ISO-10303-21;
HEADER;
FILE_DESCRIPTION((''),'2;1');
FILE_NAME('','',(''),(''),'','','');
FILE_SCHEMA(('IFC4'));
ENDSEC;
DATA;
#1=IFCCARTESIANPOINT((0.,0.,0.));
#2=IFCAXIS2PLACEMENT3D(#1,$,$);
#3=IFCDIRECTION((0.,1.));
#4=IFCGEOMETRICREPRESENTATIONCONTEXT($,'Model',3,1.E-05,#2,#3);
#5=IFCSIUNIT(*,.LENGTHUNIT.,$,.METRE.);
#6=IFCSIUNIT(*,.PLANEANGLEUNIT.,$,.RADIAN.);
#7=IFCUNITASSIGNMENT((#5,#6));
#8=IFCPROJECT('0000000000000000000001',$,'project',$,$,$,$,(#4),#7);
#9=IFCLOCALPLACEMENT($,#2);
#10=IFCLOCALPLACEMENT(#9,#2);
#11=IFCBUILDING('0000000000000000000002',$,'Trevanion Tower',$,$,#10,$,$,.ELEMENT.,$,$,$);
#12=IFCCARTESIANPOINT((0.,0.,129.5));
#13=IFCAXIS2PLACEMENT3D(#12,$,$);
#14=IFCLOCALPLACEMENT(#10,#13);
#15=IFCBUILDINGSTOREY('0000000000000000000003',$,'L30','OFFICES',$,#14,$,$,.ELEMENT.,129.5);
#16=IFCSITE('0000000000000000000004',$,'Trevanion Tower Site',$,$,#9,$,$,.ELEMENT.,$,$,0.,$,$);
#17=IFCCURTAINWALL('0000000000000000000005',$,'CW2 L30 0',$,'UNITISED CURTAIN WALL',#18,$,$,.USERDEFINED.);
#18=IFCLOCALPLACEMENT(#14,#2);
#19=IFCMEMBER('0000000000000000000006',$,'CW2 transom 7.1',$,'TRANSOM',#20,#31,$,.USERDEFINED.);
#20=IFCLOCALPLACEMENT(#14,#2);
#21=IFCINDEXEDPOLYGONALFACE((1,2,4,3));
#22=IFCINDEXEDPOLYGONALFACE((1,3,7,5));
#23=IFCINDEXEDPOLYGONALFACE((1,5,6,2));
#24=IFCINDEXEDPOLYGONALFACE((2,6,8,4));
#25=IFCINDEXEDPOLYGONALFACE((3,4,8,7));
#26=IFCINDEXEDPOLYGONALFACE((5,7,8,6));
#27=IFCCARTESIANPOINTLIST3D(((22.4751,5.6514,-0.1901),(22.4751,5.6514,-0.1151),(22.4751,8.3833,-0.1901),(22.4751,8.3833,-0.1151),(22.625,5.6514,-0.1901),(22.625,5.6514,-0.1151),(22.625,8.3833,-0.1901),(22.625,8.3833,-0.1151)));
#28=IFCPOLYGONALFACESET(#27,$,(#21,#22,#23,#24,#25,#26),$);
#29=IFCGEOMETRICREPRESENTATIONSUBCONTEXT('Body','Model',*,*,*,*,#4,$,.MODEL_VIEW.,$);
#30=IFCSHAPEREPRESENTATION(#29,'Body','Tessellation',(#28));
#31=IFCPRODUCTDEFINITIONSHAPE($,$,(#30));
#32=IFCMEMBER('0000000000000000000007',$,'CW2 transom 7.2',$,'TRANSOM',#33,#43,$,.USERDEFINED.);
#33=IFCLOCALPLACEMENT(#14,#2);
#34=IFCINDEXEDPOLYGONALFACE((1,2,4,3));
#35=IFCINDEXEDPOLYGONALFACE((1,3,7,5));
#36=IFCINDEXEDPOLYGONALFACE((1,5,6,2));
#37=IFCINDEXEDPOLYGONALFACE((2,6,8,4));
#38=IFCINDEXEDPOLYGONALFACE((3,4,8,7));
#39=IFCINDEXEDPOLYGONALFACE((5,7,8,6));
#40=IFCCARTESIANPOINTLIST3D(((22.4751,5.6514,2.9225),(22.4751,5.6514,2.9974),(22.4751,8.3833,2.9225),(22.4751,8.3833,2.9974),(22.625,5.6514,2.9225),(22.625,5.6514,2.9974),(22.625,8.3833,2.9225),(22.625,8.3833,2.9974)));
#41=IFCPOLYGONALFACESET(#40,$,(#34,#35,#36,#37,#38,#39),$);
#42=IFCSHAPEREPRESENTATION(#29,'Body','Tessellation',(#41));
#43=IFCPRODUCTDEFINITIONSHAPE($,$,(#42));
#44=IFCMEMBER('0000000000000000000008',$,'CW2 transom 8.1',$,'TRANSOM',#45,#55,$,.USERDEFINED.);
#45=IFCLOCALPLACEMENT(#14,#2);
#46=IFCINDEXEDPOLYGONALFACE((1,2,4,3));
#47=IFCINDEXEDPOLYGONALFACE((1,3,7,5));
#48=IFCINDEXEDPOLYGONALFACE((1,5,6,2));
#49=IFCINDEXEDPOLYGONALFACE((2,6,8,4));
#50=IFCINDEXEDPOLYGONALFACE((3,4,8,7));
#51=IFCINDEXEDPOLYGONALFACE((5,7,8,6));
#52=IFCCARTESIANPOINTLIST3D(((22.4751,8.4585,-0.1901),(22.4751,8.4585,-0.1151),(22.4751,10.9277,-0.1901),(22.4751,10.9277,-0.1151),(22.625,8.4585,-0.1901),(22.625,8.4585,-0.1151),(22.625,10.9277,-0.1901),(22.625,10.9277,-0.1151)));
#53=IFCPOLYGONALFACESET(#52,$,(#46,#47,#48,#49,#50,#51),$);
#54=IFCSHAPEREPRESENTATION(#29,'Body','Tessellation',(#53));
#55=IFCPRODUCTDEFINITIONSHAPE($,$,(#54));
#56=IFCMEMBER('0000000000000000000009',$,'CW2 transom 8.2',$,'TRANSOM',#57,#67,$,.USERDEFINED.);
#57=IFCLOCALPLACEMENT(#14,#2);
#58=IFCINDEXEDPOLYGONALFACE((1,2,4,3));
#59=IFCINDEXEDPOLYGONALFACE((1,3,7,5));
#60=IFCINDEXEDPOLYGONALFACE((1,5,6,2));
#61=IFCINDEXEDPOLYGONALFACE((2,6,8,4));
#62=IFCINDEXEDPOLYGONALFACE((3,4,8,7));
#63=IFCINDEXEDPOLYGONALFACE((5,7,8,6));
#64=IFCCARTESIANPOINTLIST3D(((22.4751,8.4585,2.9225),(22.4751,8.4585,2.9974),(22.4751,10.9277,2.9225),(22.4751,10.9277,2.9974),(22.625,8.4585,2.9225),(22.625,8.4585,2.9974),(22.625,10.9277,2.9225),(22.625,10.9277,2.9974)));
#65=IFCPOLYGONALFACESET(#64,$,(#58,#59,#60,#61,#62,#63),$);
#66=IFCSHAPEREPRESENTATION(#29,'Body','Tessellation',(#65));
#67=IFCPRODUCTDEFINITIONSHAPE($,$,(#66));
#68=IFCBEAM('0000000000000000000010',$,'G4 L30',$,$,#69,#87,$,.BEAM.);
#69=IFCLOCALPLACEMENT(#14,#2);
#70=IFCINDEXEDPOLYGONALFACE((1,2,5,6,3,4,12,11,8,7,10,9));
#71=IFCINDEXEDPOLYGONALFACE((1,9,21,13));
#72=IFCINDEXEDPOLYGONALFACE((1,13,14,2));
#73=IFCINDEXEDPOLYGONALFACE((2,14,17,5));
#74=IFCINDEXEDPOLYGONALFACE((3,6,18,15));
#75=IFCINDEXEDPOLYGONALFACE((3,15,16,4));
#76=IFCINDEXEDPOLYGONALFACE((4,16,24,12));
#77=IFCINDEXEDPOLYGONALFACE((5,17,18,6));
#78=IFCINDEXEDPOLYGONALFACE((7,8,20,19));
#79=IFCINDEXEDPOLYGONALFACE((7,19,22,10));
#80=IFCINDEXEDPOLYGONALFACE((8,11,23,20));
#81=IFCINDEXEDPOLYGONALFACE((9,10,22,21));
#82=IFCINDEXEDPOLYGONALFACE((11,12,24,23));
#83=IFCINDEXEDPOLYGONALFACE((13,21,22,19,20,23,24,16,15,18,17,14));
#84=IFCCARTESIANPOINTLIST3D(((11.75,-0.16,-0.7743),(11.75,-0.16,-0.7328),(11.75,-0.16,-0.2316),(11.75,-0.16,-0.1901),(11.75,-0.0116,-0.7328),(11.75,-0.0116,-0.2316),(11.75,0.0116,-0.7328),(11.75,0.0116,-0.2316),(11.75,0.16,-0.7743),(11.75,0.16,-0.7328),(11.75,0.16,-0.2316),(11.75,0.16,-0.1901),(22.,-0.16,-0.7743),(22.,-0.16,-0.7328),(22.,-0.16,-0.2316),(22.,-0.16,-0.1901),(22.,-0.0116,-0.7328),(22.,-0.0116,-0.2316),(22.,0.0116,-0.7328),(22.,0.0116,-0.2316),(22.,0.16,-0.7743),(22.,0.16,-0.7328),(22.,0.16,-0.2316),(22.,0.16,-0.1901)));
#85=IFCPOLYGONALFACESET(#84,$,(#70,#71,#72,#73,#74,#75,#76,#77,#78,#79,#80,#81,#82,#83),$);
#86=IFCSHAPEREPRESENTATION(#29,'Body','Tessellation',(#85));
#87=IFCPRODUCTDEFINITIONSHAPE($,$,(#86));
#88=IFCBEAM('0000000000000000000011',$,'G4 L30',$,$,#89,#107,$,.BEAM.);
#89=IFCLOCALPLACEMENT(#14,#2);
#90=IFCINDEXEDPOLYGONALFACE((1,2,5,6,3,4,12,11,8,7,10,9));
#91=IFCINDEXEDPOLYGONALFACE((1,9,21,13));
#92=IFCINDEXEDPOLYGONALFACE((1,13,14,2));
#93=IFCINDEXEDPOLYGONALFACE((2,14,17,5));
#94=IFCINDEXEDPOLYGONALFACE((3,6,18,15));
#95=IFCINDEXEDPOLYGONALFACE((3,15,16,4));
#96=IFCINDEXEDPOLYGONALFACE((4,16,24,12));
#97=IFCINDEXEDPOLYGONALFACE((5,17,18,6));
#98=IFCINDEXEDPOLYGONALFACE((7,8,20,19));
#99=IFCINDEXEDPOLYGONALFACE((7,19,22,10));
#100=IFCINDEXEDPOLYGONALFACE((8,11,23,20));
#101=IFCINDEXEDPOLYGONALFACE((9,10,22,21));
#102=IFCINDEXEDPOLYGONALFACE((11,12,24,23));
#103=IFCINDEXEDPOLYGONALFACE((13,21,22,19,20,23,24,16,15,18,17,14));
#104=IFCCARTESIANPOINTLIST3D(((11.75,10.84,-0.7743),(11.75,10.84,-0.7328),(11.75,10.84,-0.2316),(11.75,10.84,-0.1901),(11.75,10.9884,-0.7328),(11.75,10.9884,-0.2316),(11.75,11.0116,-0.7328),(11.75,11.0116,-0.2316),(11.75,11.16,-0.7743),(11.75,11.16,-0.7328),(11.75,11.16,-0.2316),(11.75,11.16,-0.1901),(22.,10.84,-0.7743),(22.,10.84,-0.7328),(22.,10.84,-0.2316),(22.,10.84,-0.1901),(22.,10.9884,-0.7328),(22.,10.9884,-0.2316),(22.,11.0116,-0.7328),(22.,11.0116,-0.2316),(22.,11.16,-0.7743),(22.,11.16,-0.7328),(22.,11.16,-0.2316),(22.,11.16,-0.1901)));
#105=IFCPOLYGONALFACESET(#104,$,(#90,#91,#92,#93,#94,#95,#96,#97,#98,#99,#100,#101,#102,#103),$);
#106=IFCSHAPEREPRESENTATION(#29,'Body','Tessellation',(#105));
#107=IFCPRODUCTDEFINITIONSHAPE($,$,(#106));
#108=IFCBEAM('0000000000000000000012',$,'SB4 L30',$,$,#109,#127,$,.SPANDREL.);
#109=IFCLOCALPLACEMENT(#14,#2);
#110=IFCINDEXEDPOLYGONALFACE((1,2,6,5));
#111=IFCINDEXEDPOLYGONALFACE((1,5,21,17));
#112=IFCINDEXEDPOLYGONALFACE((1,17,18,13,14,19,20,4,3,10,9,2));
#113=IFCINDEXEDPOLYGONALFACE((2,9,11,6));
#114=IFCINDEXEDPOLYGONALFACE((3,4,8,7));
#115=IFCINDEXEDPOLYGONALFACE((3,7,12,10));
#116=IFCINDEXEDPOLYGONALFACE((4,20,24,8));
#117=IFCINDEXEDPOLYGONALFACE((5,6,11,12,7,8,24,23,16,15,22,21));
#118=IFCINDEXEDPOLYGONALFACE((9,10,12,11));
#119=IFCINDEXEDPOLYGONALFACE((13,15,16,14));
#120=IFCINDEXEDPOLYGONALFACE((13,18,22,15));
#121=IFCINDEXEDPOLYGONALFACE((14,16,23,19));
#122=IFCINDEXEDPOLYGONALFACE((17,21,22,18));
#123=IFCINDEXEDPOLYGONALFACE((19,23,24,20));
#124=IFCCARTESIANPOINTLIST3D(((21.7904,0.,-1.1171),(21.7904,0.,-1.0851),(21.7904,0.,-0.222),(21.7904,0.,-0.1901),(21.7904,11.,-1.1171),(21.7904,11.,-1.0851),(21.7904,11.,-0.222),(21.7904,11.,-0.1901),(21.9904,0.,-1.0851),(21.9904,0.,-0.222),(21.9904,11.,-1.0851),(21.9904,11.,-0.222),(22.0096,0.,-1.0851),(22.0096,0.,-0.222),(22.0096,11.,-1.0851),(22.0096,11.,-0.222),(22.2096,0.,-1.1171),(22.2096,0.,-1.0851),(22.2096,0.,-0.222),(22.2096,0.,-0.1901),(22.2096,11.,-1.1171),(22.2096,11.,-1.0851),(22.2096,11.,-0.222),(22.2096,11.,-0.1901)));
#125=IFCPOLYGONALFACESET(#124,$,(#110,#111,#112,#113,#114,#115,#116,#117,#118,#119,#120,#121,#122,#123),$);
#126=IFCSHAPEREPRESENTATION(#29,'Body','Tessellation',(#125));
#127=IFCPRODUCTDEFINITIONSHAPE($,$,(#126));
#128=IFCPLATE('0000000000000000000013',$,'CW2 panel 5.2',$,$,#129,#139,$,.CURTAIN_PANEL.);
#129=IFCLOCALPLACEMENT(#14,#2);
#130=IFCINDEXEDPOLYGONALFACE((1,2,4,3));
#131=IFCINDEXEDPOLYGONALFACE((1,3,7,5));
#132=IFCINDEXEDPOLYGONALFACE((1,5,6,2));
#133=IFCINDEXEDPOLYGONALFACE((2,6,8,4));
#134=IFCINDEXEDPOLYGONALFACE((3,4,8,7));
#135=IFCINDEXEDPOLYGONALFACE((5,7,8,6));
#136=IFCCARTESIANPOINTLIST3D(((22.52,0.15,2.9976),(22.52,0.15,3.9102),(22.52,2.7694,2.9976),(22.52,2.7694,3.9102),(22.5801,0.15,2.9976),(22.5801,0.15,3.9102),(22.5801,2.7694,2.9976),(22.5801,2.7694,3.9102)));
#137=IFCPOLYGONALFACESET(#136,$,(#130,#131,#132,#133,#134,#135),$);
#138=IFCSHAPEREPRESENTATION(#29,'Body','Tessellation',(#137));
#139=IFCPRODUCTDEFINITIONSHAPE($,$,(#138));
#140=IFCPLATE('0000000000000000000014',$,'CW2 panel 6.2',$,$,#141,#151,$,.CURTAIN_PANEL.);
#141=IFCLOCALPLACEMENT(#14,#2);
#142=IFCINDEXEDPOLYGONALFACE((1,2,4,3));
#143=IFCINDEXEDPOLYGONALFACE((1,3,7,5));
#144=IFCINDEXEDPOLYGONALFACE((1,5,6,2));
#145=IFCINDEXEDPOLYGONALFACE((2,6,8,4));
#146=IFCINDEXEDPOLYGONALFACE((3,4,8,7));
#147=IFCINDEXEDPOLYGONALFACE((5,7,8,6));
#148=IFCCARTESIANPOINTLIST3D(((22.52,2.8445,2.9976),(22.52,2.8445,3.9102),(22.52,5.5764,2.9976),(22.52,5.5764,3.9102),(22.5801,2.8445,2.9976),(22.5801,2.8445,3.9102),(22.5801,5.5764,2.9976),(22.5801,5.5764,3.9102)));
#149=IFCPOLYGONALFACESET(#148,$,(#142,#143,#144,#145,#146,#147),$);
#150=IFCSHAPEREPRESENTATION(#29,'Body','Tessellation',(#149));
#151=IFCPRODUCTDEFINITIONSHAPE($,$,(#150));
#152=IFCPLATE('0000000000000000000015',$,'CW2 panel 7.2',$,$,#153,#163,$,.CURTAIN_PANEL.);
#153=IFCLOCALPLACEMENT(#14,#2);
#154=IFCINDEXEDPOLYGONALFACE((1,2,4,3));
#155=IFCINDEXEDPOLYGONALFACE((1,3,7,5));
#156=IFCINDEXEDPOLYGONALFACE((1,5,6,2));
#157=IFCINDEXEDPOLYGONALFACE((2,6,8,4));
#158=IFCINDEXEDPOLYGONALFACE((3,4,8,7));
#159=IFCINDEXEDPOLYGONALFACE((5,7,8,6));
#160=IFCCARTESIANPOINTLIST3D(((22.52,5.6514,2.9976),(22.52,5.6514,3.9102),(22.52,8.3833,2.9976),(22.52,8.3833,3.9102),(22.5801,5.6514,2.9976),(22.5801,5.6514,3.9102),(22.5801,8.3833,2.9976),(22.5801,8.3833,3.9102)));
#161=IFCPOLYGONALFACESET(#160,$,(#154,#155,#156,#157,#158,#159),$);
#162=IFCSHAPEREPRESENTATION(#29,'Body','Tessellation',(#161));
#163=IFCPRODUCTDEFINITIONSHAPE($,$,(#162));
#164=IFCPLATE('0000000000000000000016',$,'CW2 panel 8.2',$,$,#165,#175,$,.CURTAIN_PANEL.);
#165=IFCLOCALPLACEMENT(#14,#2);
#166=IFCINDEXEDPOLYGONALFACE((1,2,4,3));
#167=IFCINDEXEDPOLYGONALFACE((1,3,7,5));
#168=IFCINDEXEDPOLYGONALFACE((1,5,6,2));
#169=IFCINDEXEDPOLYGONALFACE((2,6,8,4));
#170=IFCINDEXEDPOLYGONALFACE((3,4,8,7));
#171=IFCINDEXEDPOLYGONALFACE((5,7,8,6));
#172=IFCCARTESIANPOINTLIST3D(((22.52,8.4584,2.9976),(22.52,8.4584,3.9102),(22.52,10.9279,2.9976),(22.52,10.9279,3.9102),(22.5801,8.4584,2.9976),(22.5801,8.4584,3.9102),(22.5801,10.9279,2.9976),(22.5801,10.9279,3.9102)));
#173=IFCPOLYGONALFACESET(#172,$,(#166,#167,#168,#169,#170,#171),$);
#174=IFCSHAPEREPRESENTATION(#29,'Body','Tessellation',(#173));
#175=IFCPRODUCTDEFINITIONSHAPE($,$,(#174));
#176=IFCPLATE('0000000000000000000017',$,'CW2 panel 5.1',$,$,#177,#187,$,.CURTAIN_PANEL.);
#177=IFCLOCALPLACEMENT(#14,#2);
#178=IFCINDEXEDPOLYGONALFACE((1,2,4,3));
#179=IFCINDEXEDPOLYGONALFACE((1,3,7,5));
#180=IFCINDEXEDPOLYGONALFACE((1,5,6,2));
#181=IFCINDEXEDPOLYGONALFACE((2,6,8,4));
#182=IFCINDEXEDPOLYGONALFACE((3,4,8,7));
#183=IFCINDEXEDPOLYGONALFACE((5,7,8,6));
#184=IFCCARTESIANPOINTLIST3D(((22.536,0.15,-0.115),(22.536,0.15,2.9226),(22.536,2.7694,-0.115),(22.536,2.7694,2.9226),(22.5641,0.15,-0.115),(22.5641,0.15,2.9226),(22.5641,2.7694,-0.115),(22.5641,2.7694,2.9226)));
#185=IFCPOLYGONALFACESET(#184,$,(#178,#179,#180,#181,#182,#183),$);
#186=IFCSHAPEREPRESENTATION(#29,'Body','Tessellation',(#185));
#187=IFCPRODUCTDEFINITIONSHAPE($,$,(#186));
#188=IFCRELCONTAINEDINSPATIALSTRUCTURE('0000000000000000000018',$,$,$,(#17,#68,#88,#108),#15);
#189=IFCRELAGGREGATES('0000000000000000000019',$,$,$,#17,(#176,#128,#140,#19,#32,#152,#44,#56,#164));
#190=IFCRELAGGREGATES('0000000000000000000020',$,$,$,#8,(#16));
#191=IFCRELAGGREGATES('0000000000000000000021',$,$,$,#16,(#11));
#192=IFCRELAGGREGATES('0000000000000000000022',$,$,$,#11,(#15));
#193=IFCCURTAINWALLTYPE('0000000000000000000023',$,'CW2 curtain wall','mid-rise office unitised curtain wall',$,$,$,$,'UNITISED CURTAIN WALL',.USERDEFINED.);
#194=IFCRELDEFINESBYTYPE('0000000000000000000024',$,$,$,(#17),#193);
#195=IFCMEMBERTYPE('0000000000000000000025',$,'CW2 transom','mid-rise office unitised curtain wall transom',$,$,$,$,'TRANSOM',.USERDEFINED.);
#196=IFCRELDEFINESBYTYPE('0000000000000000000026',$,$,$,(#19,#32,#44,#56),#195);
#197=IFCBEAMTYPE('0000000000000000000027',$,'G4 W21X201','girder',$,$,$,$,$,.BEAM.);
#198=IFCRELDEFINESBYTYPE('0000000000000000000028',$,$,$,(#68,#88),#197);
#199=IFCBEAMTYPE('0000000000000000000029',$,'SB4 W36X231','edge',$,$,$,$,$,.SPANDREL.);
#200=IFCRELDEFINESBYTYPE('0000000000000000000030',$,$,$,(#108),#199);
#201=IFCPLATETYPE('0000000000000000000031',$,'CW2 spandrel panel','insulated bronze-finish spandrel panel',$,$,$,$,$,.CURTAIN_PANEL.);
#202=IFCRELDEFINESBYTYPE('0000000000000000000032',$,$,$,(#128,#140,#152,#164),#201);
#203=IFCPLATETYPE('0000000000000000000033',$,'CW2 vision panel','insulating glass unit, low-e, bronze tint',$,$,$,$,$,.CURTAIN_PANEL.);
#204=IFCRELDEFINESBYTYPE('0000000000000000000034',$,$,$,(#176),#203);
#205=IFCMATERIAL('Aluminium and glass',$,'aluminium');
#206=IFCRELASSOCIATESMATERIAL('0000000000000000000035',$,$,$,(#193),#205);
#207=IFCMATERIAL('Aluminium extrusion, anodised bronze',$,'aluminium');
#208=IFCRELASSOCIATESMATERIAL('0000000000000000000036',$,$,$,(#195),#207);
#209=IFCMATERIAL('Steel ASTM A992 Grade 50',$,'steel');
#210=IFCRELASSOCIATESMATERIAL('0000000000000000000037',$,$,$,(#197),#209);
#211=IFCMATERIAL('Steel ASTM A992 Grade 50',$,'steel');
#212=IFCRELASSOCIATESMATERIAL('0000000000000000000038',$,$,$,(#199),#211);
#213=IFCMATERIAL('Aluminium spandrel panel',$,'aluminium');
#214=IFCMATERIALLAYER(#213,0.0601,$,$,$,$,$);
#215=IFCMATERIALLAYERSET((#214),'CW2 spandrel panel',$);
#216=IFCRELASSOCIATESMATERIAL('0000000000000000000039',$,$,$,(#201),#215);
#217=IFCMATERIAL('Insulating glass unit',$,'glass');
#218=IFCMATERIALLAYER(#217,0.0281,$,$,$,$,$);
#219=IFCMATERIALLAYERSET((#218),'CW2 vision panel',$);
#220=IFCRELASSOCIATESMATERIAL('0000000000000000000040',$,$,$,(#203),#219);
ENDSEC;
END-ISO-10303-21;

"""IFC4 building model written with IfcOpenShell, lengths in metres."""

from ifc_helpers import new_model, si_unit, direction, frame, origin, origin_2d, place, context, subcontext, project, spatial, rectangle, i_section, extrude, material, layer, layer_set, material_profile, profile_set, type_object, element, aggregate, save


model = new_model("IFC4")

# Units and contexts
model_context = context("Model", 3, precision=1e-05, world=origin(), true_north=direction((0.0, 1.0)))
body_context = subcontext(model_context, "Body", "Model", "MODEL_VIEW")
ifc_project = project(units=[si_unit("LENGTHUNIT", "METRE"), si_unit("PLANEANGLEUNIT", "RADIAN")], contexts=[model_context])

# Site, building, storey
site_placement = place(None, origin())
site = spatial("IfcSite", under=ifc_project, at=site_placement, Name="Trevanion Tower Site", CompositionType="ELEMENT", RefElevation=0.0)
building_placement = place(site_placement, origin())
building = spatial("IfcBuilding", under=site, at=building_placement, Name="Trevanion Tower", CompositionType="ELEMENT")
storey_placement = place(building_placement, frame((0.0, 0.0, 129.5)))
storey = spatial("IfcBuildingStorey", under=building, at=storey_placement, Name="L30", Description="OFFICES", CompositionType="ELEMENT", Elevation=129.5)

# Curtain wall, members
ifc_material_1 = material(Name="Aluminium and glass", Category="aluminium")
curtain_wall_type = type_object("IfcCurtainWallType", Name="CW2 curtain wall", Description="mid-rise office unitised curtain wall", ElementType="UNITISED CURTAIN WALL", PredefinedType="USERDEFINED", material=ifc_material_1)
curtain_wall_placement = place(storey_placement, origin())
curtain_wall = element("IfcCurtainWall", 1, at=curtain_wall_placement, inside=storey, type_object=curtain_wall_type, Name="CW2 L30 0", ObjectType="UNITISED CURTAIN WALL", PredefinedType="USERDEFINED")
ifc_material_2 = material(Name="Aluminium extrusion, anodised bronze", Category="aluminium")
ifc_material_profile_1 = material_profile(ifc_material_2, rectangle(XDim=0.1499, YDim=0.075, at=origin_2d()), Name="CW2 transom")
ifc_profile_set_1 = profile_set([ifc_material_profile_1], Name="Aluminium extrusion, anodised bronze")
member_type_1 = type_object("IfcMemberType", Name="CW2 transom", Description="mid-rise office unitised curtain wall transom", ElementType="TRANSOM", PredefinedType="USERDEFINED", material=ifc_profile_set_1)
member_1_placement = place(storey_placement, frame((22.55, 5.6514, -0.1526), z_axis=(0.0, 1.0, 0.0), x_axis=(-1.0, 0.0, 0.0)))
member_1 = element("IfcMember", 2, at=member_1_placement, type_object=member_type_1, Name="CW2 transom 7.1", ObjectType="TRANSOM", PredefinedType="USERDEFINED", context=body_context, shape_type="SweptSolid", body=[
    extrude(rectangle(XDim=0.1499, YDim=0.075, at=origin_2d()), origin(), (0.0, 0.0, 1.0), 2.7319),
])
member_2_placement = place(storey_placement, frame((22.55, 5.6514, 2.96), z_axis=(0.0, 1.0, 0.0), x_axis=(-1.0, 0.0, 0.0)))
member_2 = element("IfcMember", 3, at=member_2_placement, type_object=member_type_1, Name="CW2 transom 7.2", ObjectType="TRANSOM", PredefinedType="USERDEFINED", context=body_context, shape_type="SweptSolid", body=[
    extrude(rectangle(XDim=0.1499, YDim=0.075, at=origin_2d()), origin(), (0.0, 0.0, 1.0), 2.7319),
])
member_3_placement = place(storey_placement, frame((22.55, 8.4585, -0.1526), z_axis=(0.0, 1.0, 0.0), x_axis=(-1.0, 0.0, 0.0)))
member_3 = element("IfcMember", 4, at=member_3_placement, type_object=member_type_1, Name="CW2 transom 8.1", ObjectType="TRANSOM", PredefinedType="USERDEFINED", context=body_context, shape_type="SweptSolid", body=[
    extrude(rectangle(XDim=0.1499, YDim=0.075, at=origin_2d()), origin(), (0.0, 0.0, 1.0), 2.4692),
])
member_4_placement = place(storey_placement, frame((22.55, 8.4585, 2.96), z_axis=(0.0, 1.0, 0.0), x_axis=(-1.0, 0.0, 0.0)))
member_4 = element("IfcMember", 5, at=member_4_placement, type_object=member_type_1, Name="CW2 transom 8.2", ObjectType="TRANSOM", PredefinedType="USERDEFINED", context=body_context, shape_type="SweptSolid", body=[
    extrude(rectangle(XDim=0.1499, YDim=0.075, at=origin_2d()), origin(), (0.0, 0.0, 1.0), 2.4692),
])

# Beams
ifc_material_3 = material(Name="Steel ASTM A992 Grade 50", Category="steel")
ifc_material_profile_2 = material_profile(ifc_material_3, i_section(OverallWidth=0.3201, OverallDepth=0.5842, WebThickness=0.0232, FlangeThickness=0.0415, at=origin_2d()), Name="W21X201")
ifc_profile_set_2 = profile_set([ifc_material_profile_2], Name="Steel ASTM A992 Grade 50")
beam_type_1 = type_object("IfcBeamType", Name="G4 W21X201", Description="girder", PredefinedType="BEAM", material=ifc_profile_set_2)
for number, where, z_axis, x_axis, name in (
    (6, (11.75, 0.0, -0.4822), (1.0, 0.0, 0.0), (0.0, 1.0, 0.0), "G4 L30"),
    (7, (11.75, 11.0, -0.4822), (1.0, 0.0, 0.0), (0.0, 1.0, 0.0), "G4 L30"),
):
    element("IfcBeam", number, at=place(storey_placement, frame(where, z_axis=z_axis, x_axis=x_axis)), inside=storey, type_object=beam_type_1, Name=name, PredefinedType="BEAM", context=body_context, shape_type="SweptSolid", body=[
        extrude(i_section(OverallWidth=0.3201, OverallDepth=0.5842, WebThickness=0.0232, FlangeThickness=0.0415, at=origin_2d()), origin(), (0.0, 0.0, 1.0), 10.25),
    ])
ifc_material_4 = material(Name="Steel ASTM A992 Grade 50", Category="steel")
ifc_material_profile_3 = material_profile(ifc_material_4, i_section(OverallWidth=0.4192, OverallDepth=0.927, WebThickness=0.0193, FlangeThickness=0.032, at=origin_2d()), Name="W36X231")
ifc_profile_set_3 = profile_set([ifc_material_profile_3], Name="Steel ASTM A992 Grade 50")
beam_type_2 = type_object("IfcBeamType", Name="SB4 W36X231", Description="edge", PredefinedType="SPANDREL", material=ifc_profile_set_3)
beam_placement = place(storey_placement, frame((22.0, 0.0, -0.6536), z_axis=(0.0, 1.0, 0.0), x_axis=(-1.0, 0.0, 0.0)))
element("IfcBeam", 8, at=beam_placement, inside=storey, type_object=beam_type_2, Name="SB4 L30", PredefinedType="SPANDREL", context=body_context, shape_type="SweptSolid", body=[
    extrude(i_section(OverallWidth=0.4192, OverallDepth=0.927, WebThickness=0.0193, FlangeThickness=0.032, at=origin_2d()), origin(), (0.0, 0.0, 1.0), 11.0),
])

# Plates
ifc_material_5 = material(Name="Aluminium spandrel panel", Category="aluminium")
ifc_layer_1 = layer(ifc_material_5, 0.0601)
ifc_layer_set_1 = layer_set([ifc_layer_1], Name="CW2 spandrel panel")
plate_type_1 = type_object("IfcPlateType", Name="CW2 spandrel panel", Description="insulated bronze-finish spandrel panel", PredefinedType="CURTAIN_PANEL", material=ifc_layer_set_1)
plate_1_placement = place(storey_placement, frame((22.55, 1.4597, 2.9976), z_axis=(0.0, 0.0, 1.0), x_axis=(0.0, 1.0, 0.0)))
plate_1 = element("IfcPlate", 9, at=plate_1_placement, type_object=plate_type_1, Name="CW2 panel 5.2", PredefinedType="CURTAIN_PANEL", context=body_context, shape_type="SweptSolid", body=[
    extrude(rectangle(XDim=2.6194, YDim=0.0601, at=origin_2d()), origin(), (0.0, 0.0, 1.0), 0.9126),
])
plate_2_placement = place(storey_placement, frame((22.55, 4.2104, 2.9976), z_axis=(0.0, 0.0, 1.0), x_axis=(0.0, 1.0, 0.0)))
plate_2 = element("IfcPlate", 10, at=plate_2_placement, type_object=plate_type_1, Name="CW2 panel 6.2", PredefinedType="CURTAIN_PANEL", context=body_context, shape_type="SweptSolid", body=[
    extrude(rectangle(XDim=2.7319, YDim=0.0601, at=origin_2d()), origin(), (0.0, 0.0, 1.0), 0.9126),
])
plate_3_placement = place(storey_placement, frame((22.55, 7.0173, 2.9976), z_axis=(0.0, 0.0, 1.0), x_axis=(0.0, 1.0, 0.0)))
plate_3 = element("IfcPlate", 11, at=plate_3_placement, type_object=plate_type_1, Name="CW2 panel 7.2", PredefinedType="CURTAIN_PANEL", context=body_context, shape_type="SweptSolid", body=[
    extrude(rectangle(XDim=2.7319, YDim=0.0601, at=origin_2d()), origin(), (0.0, 0.0, 1.0), 0.9126),
])
plate_4_placement = place(storey_placement, frame((22.55, 9.6931, 2.9976), z_axis=(0.0, 0.0, 1.0), x_axis=(0.0, 1.0, 0.0)))
plate_4 = element("IfcPlate", 12, at=plate_4_placement, type_object=plate_type_1, Name="CW2 panel 8.2", PredefinedType="CURTAIN_PANEL", context=body_context, shape_type="SweptSolid", body=[
    extrude(rectangle(XDim=2.4695, YDim=0.0601, at=origin_2d()), origin(), (0.0, 0.0, 1.0), 0.9126),
])
ifc_material_6 = material(Name="Insulating glass unit", Category="glass")
ifc_layer_2 = layer(ifc_material_6, 0.0281)
ifc_layer_set_2 = layer_set([ifc_layer_2], Name="CW2 vision panel")
plate_type_2 = type_object("IfcPlateType", Name="CW2 vision panel", Description="insulating glass unit, low-e, bronze tint", PredefinedType="CURTAIN_PANEL", material=ifc_layer_set_2)
plate_5_placement = place(storey_placement, frame((22.55, 1.4597, -0.115), z_axis=(0.0, 0.0, 1.0), x_axis=(0.0, 1.0, 0.0)))
plate_5 = element("IfcPlate", 13, at=plate_5_placement, type_object=plate_type_2, Name="CW2 panel 5.1", PredefinedType="CURTAIN_PANEL", context=body_context, shape_type="SweptSolid", body=[
    extrude(rectangle(XDim=2.6194, YDim=0.0281, at=origin_2d()), origin(), (0.0, 0.0, 1.0), 3.0376),
])
aggregate(curtain_wall, [plate_5, plate_1, plate_2, member_1, member_2, plate_3, member_3, member_4, plate_4])

save(model, "model.ifc")
